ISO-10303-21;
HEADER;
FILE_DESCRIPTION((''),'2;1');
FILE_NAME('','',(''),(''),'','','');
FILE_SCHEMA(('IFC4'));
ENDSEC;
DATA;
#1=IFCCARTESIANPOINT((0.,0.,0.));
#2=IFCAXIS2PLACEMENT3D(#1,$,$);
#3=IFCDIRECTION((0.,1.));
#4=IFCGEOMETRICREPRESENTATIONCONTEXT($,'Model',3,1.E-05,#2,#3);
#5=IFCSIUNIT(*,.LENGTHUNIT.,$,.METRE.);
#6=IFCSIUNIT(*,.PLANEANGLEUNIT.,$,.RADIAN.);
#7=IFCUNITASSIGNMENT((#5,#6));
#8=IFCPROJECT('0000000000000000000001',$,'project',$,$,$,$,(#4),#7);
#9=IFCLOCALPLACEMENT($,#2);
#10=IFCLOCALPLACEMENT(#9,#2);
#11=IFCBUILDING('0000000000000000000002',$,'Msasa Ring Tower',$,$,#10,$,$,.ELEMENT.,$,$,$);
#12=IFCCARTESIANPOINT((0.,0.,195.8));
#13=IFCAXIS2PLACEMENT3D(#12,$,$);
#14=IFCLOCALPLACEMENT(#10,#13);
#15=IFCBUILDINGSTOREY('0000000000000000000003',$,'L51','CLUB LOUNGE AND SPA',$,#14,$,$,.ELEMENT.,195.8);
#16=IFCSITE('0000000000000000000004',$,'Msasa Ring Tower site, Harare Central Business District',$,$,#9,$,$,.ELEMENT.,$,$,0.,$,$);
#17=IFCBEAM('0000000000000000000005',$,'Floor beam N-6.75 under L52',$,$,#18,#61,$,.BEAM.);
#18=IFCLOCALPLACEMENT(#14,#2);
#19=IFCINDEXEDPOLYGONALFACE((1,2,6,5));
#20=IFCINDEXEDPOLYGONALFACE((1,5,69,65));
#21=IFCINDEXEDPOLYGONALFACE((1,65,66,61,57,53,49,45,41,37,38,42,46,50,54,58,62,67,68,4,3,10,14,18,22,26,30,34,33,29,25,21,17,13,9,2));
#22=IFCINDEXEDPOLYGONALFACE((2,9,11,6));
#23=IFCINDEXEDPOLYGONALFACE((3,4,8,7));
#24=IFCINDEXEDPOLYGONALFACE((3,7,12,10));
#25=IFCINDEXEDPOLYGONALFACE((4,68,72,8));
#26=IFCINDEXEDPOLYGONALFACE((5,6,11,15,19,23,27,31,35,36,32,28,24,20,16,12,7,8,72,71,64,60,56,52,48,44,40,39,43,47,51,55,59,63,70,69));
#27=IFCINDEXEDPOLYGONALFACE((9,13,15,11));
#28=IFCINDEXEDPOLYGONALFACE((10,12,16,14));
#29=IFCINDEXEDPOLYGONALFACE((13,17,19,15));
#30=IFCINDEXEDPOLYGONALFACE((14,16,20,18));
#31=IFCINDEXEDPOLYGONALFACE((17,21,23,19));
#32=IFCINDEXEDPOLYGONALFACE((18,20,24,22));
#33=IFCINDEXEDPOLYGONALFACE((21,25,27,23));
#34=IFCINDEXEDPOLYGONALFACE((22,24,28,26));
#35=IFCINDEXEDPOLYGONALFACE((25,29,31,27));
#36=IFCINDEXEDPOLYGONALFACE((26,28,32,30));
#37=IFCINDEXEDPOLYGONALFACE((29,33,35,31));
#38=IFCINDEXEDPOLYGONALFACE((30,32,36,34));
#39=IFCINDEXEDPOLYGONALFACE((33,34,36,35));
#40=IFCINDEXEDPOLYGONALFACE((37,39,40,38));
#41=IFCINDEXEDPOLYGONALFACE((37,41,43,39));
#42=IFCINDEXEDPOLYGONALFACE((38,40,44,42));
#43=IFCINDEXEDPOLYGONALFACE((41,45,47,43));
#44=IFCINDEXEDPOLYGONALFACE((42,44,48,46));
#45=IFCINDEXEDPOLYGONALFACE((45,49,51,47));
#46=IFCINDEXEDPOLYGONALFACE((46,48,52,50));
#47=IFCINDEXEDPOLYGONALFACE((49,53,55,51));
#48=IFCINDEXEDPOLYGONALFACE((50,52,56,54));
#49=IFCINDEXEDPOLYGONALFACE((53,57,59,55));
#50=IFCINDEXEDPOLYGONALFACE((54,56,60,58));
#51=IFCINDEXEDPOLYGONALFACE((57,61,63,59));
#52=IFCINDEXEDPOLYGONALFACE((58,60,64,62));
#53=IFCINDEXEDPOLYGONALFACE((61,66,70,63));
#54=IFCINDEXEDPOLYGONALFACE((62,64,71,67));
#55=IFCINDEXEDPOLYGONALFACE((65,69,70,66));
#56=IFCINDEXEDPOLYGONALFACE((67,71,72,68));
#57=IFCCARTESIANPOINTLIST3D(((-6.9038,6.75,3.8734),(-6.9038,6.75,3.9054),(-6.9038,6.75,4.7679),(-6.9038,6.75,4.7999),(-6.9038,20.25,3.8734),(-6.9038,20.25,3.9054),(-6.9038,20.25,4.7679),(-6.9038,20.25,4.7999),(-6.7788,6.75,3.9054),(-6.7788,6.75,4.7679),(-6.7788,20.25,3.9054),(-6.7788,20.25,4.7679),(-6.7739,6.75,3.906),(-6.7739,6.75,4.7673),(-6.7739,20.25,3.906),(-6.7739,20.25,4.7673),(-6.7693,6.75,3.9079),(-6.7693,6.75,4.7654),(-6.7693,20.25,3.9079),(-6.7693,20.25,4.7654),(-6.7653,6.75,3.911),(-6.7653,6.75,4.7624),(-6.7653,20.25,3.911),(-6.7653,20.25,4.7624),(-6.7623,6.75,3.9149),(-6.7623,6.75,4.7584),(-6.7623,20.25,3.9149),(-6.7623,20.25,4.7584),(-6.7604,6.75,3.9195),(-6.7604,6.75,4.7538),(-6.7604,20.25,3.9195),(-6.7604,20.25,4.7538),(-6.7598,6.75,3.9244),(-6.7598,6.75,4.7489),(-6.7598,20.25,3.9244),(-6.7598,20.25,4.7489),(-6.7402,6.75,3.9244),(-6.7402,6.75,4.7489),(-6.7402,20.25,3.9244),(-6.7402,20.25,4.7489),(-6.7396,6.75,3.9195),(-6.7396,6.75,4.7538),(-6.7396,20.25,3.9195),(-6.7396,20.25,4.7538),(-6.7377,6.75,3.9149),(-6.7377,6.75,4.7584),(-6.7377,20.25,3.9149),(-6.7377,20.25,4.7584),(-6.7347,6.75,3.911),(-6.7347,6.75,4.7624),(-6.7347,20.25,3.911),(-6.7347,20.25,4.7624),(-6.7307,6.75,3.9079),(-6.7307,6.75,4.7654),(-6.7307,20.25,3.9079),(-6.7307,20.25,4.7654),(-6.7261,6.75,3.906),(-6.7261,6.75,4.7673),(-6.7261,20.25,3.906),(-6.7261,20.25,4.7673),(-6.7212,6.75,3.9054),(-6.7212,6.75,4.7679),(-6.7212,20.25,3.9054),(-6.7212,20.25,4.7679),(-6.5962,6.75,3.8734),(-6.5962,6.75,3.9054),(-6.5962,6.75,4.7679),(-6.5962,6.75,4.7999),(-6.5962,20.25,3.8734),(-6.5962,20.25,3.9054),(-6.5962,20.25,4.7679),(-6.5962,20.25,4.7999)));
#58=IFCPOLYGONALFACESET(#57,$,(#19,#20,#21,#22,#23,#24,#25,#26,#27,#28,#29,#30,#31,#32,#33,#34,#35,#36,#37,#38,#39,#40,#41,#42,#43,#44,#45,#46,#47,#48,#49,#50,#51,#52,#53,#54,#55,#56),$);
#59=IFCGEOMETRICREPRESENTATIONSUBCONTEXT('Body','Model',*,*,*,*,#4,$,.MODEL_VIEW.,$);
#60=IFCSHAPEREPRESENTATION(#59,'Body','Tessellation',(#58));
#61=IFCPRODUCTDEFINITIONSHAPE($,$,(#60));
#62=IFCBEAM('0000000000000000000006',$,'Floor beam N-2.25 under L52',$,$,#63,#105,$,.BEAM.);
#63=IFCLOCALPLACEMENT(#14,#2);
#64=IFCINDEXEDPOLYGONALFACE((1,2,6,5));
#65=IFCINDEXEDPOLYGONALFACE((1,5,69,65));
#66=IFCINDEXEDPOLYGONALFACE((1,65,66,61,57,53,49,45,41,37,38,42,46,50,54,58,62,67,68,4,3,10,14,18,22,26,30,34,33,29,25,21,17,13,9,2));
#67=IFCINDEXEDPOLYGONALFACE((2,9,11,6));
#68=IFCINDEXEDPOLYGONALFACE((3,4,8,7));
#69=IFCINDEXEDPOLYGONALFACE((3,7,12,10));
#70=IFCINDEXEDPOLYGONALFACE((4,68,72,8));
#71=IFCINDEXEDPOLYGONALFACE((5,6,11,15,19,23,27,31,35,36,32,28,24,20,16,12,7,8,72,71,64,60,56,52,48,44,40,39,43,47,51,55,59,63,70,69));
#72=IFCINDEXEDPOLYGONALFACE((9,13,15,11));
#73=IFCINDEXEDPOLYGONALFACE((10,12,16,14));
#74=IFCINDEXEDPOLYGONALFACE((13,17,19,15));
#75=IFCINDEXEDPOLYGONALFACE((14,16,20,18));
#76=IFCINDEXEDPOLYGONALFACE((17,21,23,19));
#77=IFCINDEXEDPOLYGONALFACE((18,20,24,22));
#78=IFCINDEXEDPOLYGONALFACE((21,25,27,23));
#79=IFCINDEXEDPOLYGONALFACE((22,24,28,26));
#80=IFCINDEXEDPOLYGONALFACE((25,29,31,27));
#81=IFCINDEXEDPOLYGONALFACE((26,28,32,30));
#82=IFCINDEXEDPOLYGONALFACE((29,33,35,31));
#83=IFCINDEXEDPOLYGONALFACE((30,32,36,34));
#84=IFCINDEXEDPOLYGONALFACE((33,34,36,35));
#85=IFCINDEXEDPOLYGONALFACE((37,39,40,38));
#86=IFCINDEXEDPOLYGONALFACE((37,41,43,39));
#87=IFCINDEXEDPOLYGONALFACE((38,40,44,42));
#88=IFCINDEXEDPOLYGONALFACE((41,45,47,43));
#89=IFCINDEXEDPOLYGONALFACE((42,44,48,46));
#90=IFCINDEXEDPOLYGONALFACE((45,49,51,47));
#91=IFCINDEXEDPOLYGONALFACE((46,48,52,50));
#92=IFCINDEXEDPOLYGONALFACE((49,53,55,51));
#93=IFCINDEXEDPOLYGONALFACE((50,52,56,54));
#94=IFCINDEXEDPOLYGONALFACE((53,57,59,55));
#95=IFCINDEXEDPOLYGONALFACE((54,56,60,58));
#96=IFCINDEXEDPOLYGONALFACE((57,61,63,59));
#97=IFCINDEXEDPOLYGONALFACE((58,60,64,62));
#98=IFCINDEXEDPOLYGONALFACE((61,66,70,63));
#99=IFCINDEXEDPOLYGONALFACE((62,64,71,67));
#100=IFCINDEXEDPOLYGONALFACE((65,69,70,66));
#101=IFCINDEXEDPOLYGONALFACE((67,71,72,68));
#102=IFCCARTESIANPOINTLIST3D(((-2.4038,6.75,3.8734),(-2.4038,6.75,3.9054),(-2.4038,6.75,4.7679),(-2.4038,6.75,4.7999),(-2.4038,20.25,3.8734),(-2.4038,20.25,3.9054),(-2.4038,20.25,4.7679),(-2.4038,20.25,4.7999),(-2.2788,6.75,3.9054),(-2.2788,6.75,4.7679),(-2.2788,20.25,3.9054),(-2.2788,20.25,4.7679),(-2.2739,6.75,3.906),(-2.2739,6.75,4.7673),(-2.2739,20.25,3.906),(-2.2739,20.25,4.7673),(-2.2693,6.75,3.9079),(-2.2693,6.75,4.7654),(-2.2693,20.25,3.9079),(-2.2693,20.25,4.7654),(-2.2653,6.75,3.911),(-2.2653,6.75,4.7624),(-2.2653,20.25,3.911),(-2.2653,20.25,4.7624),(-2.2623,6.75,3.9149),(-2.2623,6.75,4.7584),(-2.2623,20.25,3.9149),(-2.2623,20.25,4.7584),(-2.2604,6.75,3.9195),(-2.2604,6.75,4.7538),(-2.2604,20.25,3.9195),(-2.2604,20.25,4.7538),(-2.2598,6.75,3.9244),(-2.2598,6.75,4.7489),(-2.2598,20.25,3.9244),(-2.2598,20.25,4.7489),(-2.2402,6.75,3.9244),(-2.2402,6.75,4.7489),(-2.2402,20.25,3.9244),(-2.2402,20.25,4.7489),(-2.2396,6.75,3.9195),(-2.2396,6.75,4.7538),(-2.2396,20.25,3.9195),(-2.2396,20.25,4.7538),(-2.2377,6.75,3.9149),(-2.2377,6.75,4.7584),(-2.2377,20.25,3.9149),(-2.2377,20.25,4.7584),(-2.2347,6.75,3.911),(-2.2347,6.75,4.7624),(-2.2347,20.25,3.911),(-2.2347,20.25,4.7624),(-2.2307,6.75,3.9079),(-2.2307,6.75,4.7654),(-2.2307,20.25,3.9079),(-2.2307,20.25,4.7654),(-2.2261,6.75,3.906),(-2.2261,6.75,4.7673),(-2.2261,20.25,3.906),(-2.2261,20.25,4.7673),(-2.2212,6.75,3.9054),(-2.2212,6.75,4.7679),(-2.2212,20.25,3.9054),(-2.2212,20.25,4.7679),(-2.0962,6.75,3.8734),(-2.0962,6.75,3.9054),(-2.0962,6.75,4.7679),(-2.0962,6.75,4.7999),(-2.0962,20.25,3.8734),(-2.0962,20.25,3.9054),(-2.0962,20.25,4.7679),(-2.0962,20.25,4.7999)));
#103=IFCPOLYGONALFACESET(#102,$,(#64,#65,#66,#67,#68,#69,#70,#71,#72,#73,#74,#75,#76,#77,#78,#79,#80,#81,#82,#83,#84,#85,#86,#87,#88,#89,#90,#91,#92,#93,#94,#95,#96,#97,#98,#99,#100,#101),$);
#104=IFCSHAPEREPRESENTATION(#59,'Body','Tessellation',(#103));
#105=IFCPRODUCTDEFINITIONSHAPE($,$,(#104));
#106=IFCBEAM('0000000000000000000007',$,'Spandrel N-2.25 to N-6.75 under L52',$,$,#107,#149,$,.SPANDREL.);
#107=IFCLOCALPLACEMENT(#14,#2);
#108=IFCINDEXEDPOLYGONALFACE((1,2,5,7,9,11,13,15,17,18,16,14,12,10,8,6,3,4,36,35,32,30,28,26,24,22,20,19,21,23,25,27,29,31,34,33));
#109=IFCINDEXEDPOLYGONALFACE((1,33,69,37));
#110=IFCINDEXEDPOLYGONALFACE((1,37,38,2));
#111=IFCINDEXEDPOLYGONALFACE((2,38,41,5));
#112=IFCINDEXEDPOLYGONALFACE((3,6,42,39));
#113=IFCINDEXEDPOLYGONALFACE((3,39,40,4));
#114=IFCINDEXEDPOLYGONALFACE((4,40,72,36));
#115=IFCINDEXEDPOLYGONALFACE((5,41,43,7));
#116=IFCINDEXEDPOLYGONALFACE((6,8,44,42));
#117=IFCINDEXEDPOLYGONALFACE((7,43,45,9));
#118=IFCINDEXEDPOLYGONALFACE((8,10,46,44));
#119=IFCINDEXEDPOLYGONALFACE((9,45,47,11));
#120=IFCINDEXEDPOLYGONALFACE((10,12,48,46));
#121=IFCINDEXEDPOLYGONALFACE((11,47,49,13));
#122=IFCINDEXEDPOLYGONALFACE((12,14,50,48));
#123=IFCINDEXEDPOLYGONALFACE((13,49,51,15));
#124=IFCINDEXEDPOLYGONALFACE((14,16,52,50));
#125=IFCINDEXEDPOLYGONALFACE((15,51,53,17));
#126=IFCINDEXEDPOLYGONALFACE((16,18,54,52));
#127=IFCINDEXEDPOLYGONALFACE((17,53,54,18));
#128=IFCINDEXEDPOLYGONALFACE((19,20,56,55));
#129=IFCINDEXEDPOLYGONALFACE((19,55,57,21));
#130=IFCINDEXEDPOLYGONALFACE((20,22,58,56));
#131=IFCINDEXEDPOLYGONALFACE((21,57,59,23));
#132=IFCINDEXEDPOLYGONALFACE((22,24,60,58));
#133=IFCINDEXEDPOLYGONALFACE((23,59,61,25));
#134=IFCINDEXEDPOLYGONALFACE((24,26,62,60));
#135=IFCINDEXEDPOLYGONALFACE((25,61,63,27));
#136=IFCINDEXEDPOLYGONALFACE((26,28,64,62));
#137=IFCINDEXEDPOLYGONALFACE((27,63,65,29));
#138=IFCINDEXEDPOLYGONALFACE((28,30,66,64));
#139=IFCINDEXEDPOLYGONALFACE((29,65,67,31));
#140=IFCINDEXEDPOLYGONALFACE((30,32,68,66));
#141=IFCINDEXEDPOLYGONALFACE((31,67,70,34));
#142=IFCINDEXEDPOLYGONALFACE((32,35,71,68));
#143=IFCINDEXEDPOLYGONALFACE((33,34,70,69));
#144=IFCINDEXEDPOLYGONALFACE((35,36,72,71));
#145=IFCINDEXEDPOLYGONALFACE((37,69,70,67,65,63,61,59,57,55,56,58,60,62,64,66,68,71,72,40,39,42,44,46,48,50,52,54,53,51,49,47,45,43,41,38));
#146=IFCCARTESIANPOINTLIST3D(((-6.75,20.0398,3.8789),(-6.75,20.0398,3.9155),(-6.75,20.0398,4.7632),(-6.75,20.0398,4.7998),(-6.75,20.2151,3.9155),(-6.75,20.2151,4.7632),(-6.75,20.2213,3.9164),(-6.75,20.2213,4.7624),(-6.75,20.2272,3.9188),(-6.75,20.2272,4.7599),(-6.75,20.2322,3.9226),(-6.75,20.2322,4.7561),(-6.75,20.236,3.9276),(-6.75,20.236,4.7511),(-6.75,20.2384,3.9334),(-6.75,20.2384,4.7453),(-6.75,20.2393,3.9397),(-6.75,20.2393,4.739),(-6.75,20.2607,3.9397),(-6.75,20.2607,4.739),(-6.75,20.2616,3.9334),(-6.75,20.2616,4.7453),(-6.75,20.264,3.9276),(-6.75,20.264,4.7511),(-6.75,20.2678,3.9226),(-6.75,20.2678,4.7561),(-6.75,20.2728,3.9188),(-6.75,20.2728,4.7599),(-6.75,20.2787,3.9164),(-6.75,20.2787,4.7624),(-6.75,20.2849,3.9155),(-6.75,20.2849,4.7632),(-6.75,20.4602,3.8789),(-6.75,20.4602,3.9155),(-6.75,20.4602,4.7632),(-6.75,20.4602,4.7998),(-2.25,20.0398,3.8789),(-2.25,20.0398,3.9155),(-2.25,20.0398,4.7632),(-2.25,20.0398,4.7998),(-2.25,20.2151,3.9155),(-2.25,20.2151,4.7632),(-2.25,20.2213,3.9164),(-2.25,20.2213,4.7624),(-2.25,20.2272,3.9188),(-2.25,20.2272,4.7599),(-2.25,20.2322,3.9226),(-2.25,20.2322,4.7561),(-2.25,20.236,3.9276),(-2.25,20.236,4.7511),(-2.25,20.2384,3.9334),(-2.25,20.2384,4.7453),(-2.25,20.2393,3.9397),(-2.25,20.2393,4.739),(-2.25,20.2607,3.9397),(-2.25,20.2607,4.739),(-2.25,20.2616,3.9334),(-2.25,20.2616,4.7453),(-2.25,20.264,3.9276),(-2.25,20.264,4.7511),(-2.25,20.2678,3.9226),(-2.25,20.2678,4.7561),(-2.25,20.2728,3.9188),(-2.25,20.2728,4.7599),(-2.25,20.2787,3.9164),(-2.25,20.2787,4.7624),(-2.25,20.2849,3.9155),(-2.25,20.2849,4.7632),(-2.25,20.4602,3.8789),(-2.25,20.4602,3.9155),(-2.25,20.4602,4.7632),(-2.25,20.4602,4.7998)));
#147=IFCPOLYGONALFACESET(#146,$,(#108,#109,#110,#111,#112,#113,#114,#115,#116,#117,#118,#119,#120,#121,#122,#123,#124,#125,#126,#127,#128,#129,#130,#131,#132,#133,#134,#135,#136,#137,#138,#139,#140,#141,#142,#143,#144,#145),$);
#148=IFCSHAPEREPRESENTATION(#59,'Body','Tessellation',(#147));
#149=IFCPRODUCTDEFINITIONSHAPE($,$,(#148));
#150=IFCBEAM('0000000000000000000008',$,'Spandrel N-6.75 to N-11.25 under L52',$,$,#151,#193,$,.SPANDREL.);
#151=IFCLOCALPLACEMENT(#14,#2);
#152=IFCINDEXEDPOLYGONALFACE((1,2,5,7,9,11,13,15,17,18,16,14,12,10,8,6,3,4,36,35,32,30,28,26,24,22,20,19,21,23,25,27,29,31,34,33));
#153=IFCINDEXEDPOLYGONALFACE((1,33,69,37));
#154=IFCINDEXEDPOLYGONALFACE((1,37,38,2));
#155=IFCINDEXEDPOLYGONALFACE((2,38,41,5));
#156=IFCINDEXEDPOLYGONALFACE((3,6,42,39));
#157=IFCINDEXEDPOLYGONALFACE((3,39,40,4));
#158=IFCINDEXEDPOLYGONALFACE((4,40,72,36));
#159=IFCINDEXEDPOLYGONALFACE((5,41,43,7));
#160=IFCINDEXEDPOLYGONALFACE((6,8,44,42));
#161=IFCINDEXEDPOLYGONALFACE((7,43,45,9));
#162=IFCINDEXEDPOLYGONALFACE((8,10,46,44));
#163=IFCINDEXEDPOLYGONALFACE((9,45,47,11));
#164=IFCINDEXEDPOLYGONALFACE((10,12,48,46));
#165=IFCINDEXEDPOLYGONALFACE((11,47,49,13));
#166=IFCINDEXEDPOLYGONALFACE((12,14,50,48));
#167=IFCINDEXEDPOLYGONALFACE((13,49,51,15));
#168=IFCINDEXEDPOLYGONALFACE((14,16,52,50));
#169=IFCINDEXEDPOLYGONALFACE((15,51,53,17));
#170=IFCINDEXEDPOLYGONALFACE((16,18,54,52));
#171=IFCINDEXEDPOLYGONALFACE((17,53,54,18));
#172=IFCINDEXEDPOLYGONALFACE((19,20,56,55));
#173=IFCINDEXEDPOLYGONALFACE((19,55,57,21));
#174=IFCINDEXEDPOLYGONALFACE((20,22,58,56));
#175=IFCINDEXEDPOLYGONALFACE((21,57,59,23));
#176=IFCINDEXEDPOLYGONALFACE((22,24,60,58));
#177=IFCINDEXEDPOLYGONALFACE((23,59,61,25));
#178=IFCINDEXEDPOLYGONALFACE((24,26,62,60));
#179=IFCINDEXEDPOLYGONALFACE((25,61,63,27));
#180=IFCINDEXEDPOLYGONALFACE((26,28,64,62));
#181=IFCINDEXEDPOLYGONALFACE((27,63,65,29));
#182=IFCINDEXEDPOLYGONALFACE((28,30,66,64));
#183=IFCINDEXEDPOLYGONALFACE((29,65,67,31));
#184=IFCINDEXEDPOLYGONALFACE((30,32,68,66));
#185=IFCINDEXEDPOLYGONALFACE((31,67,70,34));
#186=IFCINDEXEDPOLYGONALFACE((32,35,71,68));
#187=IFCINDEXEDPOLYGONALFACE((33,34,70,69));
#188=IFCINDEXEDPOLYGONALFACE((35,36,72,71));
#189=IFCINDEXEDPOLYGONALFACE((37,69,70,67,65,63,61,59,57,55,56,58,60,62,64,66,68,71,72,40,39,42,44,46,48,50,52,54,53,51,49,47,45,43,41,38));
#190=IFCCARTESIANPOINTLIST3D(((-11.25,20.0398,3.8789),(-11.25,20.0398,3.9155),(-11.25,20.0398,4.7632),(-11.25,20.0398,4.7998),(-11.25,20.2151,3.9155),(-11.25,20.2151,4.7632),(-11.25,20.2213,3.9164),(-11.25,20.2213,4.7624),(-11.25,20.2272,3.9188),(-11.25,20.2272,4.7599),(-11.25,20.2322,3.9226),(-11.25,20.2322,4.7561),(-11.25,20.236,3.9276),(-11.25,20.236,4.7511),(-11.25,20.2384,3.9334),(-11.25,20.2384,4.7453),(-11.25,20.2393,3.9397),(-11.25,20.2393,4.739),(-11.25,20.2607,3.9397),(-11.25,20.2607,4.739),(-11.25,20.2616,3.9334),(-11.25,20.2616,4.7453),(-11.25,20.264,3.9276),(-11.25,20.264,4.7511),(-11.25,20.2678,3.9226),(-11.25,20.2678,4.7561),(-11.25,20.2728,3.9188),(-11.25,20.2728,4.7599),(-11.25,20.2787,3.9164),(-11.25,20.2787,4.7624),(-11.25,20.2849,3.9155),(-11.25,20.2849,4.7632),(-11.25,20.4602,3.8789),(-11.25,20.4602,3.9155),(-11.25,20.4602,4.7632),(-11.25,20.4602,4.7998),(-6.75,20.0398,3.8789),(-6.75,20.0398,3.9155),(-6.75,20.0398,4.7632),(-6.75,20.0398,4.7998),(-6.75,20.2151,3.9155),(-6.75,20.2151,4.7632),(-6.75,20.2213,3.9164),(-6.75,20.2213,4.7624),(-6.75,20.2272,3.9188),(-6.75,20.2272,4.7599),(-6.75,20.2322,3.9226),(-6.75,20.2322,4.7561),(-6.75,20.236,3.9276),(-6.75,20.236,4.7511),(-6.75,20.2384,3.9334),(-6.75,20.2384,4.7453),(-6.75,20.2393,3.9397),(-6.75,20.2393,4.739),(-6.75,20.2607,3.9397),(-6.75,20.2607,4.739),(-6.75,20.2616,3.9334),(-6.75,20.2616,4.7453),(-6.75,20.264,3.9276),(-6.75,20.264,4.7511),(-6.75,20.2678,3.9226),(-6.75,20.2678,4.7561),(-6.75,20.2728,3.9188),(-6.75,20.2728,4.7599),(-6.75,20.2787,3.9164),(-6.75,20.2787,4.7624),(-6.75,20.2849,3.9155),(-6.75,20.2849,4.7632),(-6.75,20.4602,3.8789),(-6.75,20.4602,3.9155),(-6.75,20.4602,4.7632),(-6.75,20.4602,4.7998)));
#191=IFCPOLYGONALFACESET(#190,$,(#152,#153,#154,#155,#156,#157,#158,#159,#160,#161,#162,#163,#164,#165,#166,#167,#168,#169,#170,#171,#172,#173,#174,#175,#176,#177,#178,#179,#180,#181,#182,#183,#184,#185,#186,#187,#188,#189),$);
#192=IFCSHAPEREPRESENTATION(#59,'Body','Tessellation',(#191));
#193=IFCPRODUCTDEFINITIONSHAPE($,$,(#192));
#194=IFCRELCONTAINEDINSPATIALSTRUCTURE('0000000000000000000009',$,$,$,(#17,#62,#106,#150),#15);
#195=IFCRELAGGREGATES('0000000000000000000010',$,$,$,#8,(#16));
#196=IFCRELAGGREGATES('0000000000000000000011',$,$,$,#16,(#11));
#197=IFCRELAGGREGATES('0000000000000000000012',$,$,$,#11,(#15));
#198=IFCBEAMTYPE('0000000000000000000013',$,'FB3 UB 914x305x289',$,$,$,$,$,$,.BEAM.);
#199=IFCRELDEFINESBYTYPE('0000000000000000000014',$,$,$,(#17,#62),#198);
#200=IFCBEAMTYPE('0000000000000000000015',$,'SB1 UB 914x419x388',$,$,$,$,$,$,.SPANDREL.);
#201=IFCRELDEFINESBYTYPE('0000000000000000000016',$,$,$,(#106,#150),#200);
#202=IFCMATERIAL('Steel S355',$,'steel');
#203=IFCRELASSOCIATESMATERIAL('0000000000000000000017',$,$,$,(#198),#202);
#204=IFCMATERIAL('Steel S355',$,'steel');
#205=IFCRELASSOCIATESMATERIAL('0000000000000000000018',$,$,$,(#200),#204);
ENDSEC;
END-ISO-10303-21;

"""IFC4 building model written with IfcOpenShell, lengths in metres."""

from ifc_helpers import new_model, si_unit, direction, frame, origin, origin_2d, place, context, subcontext, project, spatial, i_section, extrude, material, material_profile, profile_set, type_object, element, save


model = new_model("IFC4")

# Units and contexts
model_context = context("Model", 3, precision=1e-05, world=origin(), true_north=direction((0.0, 1.0)))
body_context = subcontext(model_context, "Body", "Model", "MODEL_VIEW")
ifc_project = project(units=[si_unit("LENGTHUNIT", "METRE"), si_unit("PLANEANGLEUNIT", "RADIAN")], contexts=[model_context])

# Site, building, storey
site_placement = place(None, origin())
site = spatial("IfcSite", under=ifc_project, at=site_placement, Name="Msasa Ring Tower site, Harare Central Business District", CompositionType="ELEMENT", RefElevation=0.0)
building_placement = place(site_placement, origin())
building = spatial("IfcBuilding", under=site, at=building_placement, Name="Msasa Ring Tower", CompositionType="ELEMENT")
storey_placement = place(building_placement, frame((0.0, 0.0, 195.8)))
storey = spatial("IfcBuildingStorey", under=building, at=storey_placement, Name="L51", Description="CLUB LOUNGE AND SPA", CompositionType="ELEMENT", Elevation=195.8)

# Beams
ifc_material_1 = material(Name="Steel S355", Category="steel")
ifc_material_profile_1 = material_profile(ifc_material_1, i_section(OverallWidth=0.3076, OverallDepth=0.9265, WebThickness=0.0195, FlangeThickness=0.032, FilletRadius=0.019, at=origin_2d()), Name="UB 914x305x289")
ifc_profile_set_1 = profile_set([ifc_material_profile_1], Name="Steel S355")
beam_type_1 = type_object("IfcBeamType", Name="FB3 UB 914x305x289", PredefinedType="BEAM", material=ifc_profile_set_1)
for number, where, z_axis, x_axis, name in (
    (1, (-6.75, 20.25, 4.3367), (0.0, -1.0, 0.0), (1.0, 0.0, 0.0), "Floor beam N-6.75 under L52"),
    (2, (-2.25, 20.25, 4.3367), (0.0, -1.0, 0.0), (1.0, 0.0, 0.0), "Floor beam N-2.25 under L52"),
):
    element("IfcBeam", number, at=place(storey_placement, frame(where, z_axis=z_axis, x_axis=x_axis)), inside=storey, type_object=beam_type_1, Name=name, PredefinedType="BEAM", context=body_context, shape_type="SweptSolid", body=[
        extrude(i_section(OverallWidth=0.3076, OverallDepth=0.9265, WebThickness=0.0195, FlangeThickness=0.032, FilletRadius=0.019, at=origin_2d()), origin(), (0.0, 0.0, 1.0), 13.5),
    ])
ifc_material_2 = material(Name="Steel S355", Category="steel")
ifc_material_profile_2 = material_profile(ifc_material_2, i_section(OverallWidth=0.4204, OverallDepth=0.9209, WebThickness=0.0215, FlangeThickness=0.0366, FilletRadius=0.0242, at=origin_2d()), Name="UB 914x419x388")
ifc_profile_set_2 = profile_set([ifc_material_profile_2], Name="Steel S355")
beam_type_2 = type_object("IfcBeamType", Name="SB1 UB 914x419x388", PredefinedType="SPANDREL", material=ifc_profile_set_2)
for number, where, z_axis, x_axis, name in (
    (3, (-2.25, 20.25, 4.3394), (-1.0, 0.0, 0.0), (0.0, -1.0, 0.0), "Spandrel N-2.25 to N-6.75 under L52"),
    (4, (-6.75, 20.25, 4.3394), (-1.0, 0.0, 0.0), (0.0, -1.0, 0.0), "Spandrel N-6.75 to N-11.25 under L52"),
):
    element("IfcBeam", number, at=place(storey_placement, frame(where, z_axis=z_axis, x_axis=x_axis)), inside=storey, type_object=beam_type_2, Name=name, PredefinedType="SPANDREL", context=body_context, shape_type="SweptSolid", body=[
        extrude(i_section(OverallWidth=0.4204, OverallDepth=0.9209, WebThickness=0.0215, FlangeThickness=0.0366, FilletRadius=0.0242, at=origin_2d()), origin(), (0.0, 0.0, 1.0), 4.5),
    ])

save(model, "model.ifc")
